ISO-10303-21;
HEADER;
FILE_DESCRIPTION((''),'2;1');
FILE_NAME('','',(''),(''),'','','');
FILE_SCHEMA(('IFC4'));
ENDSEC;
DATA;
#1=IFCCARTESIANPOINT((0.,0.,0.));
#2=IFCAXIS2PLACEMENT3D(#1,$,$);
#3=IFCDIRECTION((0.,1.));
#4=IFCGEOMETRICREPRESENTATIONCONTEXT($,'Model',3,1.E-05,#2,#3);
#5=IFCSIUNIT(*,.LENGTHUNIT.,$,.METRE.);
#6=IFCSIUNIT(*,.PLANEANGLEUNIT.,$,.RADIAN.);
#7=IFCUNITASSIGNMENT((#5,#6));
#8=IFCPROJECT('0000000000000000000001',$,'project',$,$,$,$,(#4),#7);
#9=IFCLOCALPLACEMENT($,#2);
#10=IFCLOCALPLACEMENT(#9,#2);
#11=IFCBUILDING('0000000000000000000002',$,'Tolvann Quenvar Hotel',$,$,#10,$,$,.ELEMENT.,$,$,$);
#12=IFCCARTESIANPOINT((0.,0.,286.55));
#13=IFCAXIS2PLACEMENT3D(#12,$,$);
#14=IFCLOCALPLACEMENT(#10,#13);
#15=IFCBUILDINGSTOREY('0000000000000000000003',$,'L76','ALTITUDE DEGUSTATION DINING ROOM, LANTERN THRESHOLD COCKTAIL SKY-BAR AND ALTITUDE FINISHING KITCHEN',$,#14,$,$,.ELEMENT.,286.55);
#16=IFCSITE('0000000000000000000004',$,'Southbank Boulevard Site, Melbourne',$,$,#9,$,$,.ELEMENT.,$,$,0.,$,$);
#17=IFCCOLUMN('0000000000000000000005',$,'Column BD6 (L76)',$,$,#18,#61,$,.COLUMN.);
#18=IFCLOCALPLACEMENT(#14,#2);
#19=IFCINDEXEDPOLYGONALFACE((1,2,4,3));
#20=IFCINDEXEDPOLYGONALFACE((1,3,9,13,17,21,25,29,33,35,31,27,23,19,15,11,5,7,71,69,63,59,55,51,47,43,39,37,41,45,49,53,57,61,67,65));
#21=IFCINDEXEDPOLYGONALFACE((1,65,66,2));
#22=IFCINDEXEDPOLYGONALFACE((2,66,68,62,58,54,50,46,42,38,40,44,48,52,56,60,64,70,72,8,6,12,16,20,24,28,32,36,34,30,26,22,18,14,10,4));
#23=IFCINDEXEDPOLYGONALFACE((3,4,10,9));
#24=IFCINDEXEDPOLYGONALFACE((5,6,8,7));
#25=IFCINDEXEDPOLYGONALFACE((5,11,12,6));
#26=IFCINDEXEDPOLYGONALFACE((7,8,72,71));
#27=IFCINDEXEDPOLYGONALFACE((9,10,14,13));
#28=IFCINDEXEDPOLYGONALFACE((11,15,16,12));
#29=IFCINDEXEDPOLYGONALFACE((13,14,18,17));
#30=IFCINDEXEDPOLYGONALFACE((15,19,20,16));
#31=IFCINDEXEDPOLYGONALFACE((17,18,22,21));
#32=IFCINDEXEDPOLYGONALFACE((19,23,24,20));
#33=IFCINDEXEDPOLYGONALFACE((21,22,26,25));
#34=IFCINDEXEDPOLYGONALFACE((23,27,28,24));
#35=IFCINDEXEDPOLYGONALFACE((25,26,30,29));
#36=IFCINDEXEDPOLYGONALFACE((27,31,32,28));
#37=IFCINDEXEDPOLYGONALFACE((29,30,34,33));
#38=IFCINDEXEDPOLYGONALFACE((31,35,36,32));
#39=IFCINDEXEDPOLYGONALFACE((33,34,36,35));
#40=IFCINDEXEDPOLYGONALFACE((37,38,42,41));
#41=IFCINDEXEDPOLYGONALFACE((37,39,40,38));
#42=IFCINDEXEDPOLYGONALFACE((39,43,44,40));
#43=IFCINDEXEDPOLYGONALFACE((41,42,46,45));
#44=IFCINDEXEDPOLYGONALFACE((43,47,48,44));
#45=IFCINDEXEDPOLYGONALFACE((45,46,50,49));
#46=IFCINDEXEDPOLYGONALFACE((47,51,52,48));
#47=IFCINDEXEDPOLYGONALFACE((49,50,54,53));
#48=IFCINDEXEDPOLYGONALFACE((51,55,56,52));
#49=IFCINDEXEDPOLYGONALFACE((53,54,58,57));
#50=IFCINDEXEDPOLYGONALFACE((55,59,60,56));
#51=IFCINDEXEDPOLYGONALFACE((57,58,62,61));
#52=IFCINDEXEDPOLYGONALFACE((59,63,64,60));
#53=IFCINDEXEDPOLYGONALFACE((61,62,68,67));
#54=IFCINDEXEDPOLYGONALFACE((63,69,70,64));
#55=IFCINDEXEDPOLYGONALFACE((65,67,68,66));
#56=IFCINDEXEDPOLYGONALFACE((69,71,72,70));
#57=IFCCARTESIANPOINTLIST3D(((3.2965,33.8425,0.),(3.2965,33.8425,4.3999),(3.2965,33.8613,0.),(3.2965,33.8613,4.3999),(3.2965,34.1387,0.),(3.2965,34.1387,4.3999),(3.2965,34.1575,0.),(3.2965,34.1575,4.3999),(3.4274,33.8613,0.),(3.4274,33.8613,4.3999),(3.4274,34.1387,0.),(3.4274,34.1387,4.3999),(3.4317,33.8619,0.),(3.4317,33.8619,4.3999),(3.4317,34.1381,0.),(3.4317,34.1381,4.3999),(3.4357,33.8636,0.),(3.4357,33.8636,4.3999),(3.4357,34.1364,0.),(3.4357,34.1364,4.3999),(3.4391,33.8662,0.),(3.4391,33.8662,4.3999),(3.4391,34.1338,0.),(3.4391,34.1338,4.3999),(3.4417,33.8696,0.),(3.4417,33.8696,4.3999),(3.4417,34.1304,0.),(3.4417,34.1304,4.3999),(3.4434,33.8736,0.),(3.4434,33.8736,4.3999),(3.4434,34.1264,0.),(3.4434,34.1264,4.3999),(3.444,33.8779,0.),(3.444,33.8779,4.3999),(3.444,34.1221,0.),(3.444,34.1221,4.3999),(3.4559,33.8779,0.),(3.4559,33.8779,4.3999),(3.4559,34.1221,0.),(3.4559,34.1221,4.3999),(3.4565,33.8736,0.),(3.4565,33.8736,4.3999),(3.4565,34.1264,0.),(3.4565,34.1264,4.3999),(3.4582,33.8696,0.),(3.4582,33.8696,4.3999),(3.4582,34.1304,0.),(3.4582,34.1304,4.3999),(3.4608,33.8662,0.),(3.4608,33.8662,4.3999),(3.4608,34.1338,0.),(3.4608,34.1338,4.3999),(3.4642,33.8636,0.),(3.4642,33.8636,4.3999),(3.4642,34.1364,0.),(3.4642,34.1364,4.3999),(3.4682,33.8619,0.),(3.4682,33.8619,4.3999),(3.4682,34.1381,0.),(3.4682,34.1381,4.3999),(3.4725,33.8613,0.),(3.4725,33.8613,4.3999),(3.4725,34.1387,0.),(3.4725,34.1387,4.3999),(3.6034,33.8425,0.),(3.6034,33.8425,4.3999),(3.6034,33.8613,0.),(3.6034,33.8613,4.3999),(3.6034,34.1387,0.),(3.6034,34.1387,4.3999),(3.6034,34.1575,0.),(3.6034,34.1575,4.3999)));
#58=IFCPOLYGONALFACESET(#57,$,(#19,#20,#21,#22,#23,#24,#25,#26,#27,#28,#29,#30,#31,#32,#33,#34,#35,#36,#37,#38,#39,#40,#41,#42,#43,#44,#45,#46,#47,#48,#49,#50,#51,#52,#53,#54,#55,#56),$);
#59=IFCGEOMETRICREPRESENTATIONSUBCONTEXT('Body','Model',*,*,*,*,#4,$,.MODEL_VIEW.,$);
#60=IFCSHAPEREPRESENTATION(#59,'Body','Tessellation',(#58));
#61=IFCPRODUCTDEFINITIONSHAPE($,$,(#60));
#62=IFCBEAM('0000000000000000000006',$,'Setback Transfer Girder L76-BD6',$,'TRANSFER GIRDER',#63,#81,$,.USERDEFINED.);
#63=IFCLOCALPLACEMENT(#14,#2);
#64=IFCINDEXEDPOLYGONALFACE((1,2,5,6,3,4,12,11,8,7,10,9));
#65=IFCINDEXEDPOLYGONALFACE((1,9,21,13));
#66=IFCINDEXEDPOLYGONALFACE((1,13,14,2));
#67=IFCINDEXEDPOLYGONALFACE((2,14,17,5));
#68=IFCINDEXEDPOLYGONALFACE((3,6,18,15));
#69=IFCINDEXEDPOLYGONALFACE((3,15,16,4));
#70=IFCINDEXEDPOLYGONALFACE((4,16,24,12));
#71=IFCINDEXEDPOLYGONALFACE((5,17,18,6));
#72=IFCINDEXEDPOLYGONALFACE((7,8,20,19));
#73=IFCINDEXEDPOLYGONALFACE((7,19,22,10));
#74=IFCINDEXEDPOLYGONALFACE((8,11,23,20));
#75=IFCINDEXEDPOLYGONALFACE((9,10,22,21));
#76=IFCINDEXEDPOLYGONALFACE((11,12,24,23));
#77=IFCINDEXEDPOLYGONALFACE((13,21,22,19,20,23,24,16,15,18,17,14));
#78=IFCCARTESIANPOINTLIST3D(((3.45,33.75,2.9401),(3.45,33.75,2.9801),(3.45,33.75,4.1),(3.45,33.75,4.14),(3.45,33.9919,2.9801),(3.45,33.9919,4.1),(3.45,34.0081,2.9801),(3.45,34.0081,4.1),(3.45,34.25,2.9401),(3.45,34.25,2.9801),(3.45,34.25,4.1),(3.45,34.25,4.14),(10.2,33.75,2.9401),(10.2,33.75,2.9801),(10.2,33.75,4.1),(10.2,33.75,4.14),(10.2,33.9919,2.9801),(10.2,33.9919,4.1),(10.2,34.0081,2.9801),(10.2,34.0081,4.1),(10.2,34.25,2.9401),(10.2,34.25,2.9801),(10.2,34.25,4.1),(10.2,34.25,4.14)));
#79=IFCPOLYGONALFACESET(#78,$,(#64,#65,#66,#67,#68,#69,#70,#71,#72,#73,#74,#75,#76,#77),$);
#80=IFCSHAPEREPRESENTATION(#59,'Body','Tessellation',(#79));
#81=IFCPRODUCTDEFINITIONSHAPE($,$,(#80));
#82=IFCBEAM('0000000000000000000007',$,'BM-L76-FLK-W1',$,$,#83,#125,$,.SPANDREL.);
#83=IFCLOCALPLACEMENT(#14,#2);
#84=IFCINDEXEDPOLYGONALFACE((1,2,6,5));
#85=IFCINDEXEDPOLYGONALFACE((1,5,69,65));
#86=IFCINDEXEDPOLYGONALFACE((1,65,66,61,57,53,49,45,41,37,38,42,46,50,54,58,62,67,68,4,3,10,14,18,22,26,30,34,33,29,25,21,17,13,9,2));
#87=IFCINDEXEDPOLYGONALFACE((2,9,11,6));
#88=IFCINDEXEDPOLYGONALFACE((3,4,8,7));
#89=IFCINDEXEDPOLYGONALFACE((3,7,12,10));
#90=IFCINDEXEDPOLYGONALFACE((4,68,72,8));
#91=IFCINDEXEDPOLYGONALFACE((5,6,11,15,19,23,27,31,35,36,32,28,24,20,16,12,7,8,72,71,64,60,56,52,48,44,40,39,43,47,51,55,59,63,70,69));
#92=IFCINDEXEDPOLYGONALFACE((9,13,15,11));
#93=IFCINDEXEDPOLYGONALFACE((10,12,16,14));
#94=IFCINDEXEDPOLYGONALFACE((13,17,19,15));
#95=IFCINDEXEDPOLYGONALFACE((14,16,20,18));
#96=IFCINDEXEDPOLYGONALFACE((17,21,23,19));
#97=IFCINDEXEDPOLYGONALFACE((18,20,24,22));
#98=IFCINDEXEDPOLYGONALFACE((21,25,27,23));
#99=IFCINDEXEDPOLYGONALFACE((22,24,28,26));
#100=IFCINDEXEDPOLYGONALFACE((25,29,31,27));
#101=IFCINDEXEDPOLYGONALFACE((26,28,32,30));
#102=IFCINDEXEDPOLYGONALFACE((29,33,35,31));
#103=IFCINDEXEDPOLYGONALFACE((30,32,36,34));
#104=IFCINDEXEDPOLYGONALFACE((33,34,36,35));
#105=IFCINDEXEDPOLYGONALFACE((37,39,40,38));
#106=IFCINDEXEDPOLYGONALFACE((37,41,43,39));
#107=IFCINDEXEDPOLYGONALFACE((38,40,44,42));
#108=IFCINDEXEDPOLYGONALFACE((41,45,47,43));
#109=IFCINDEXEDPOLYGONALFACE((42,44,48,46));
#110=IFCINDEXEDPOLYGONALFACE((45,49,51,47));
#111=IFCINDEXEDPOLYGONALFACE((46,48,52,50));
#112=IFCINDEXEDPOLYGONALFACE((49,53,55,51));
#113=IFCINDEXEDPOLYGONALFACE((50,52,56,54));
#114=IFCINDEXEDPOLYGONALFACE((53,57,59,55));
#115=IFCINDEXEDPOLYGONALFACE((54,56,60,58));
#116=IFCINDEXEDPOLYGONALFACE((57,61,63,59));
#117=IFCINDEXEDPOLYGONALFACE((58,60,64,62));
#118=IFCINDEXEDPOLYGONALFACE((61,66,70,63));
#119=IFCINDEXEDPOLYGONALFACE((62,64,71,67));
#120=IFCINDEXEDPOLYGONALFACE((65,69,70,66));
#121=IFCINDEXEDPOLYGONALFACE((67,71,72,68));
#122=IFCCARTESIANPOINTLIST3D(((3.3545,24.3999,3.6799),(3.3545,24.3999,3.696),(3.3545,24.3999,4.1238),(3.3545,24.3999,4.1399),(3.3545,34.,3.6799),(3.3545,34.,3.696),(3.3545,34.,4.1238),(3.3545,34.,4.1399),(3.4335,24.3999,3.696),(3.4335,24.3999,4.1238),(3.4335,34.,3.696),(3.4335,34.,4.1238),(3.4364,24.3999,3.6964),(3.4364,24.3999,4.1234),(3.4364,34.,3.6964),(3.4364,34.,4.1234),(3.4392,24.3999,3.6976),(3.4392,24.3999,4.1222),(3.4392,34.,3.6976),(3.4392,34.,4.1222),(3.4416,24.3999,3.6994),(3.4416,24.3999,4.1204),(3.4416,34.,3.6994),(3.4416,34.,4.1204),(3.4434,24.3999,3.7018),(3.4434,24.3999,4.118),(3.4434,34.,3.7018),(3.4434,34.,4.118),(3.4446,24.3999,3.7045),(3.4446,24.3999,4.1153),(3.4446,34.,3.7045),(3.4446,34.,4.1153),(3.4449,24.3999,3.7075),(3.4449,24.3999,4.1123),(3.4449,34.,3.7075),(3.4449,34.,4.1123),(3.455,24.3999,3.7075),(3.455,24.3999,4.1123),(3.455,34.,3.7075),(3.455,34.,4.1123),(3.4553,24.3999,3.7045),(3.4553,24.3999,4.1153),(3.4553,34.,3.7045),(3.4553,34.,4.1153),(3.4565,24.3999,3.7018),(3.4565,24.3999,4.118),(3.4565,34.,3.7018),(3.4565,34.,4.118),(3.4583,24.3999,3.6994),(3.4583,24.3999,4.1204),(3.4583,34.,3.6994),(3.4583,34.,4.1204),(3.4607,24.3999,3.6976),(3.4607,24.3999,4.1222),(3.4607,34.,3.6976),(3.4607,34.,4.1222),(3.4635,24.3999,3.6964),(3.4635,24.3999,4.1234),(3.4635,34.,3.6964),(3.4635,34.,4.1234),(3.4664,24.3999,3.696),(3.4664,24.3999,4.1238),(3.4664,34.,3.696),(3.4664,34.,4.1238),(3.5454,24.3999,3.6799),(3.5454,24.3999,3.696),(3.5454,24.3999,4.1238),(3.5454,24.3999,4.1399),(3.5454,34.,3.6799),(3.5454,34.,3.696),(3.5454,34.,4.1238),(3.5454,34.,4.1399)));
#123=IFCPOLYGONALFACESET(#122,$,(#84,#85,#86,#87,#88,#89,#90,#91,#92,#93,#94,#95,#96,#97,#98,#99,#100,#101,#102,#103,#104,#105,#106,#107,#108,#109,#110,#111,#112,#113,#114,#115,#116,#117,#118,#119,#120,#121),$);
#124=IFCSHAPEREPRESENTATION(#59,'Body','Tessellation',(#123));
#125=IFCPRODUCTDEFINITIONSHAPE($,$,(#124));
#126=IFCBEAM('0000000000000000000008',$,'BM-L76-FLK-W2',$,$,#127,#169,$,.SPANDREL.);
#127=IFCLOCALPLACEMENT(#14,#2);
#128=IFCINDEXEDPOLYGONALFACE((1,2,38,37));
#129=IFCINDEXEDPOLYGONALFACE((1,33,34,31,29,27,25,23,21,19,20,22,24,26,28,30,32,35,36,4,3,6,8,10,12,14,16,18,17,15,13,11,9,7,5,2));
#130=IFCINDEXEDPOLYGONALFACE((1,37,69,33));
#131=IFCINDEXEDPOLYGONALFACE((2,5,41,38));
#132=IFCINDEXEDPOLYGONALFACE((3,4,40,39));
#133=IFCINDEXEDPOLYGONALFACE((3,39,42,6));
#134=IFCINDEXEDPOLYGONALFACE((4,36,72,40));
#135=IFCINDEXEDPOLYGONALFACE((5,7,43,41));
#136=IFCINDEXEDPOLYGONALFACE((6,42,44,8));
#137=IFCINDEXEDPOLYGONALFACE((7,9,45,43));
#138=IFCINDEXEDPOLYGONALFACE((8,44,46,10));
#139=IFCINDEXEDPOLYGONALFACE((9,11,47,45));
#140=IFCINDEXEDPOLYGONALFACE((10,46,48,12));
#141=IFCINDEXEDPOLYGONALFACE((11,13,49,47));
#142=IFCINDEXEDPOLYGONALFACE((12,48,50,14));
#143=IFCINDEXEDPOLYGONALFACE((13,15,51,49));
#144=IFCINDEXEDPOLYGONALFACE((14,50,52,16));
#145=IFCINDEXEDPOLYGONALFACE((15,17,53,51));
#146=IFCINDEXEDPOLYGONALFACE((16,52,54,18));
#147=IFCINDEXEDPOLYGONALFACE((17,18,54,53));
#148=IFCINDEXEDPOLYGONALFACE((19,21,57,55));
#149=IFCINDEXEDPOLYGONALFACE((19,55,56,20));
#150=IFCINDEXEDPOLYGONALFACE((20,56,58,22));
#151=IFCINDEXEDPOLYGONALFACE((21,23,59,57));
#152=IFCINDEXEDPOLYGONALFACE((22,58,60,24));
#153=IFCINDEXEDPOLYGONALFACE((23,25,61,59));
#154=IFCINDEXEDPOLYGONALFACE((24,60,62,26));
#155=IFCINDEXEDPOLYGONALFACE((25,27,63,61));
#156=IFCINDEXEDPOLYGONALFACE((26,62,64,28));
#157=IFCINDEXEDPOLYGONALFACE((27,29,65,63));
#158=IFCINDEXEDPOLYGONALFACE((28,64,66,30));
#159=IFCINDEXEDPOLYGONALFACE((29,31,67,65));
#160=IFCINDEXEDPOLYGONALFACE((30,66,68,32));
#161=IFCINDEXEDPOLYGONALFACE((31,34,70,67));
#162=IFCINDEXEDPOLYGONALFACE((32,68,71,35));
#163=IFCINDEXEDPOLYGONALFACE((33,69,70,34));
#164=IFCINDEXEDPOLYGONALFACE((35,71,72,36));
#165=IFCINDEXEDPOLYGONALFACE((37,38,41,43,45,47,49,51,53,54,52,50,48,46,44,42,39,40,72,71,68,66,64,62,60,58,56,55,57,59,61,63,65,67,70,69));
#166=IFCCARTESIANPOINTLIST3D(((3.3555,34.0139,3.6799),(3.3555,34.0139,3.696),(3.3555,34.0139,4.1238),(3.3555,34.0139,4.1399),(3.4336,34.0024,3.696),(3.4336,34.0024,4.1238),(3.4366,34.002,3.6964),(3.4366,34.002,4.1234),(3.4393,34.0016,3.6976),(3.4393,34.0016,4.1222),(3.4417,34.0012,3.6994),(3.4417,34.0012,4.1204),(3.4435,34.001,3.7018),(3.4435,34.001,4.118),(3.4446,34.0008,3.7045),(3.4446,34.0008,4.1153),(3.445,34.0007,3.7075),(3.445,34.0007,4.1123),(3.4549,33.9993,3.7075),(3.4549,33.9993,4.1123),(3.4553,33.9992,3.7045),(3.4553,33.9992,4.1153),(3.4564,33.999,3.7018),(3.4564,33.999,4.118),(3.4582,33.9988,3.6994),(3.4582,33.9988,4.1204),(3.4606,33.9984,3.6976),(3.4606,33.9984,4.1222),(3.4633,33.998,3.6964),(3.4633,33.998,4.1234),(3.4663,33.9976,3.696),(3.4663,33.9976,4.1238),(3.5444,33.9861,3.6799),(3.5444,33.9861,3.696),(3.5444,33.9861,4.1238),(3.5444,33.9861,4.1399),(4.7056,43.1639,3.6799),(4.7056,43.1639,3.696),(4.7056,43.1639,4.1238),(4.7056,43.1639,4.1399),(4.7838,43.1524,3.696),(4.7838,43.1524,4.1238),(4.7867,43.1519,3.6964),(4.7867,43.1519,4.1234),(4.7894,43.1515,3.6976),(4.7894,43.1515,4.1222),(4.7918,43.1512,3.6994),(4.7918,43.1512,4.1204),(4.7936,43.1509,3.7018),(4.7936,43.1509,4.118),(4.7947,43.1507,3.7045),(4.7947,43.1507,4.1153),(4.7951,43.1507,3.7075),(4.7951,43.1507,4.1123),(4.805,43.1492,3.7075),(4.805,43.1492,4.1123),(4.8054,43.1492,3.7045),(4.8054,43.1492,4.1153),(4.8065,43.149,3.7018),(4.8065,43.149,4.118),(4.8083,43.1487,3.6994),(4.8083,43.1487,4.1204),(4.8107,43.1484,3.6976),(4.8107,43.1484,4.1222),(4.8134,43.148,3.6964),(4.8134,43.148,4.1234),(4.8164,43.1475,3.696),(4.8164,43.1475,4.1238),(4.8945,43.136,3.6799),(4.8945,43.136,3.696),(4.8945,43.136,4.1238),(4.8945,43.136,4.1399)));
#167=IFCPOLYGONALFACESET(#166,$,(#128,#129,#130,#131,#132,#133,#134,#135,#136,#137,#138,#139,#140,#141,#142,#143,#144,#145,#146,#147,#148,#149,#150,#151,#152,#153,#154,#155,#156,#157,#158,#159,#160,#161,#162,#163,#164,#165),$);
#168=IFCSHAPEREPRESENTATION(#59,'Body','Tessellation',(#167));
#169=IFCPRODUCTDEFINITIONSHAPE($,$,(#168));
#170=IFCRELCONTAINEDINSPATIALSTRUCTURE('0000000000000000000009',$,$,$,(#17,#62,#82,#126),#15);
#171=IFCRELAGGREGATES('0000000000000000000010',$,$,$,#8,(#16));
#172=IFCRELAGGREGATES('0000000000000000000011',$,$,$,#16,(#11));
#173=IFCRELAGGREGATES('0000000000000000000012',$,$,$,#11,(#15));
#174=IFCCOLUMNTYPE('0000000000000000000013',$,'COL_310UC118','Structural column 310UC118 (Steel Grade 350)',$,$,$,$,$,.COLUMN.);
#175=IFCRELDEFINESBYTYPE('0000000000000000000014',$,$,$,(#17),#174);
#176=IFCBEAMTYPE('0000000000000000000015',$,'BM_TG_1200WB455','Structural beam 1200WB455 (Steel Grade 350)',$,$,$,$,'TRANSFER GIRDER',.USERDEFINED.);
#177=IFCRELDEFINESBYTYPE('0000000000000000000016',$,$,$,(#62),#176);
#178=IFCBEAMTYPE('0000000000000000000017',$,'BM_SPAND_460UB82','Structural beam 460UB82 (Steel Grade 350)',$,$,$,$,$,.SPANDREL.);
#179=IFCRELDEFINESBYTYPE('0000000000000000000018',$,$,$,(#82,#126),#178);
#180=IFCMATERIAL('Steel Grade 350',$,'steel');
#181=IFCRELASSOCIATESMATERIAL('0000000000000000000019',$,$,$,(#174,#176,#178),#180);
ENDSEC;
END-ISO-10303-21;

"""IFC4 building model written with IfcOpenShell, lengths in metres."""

from ifc_helpers import new_model, si_unit, direction, frame, origin, origin_2d, place, context, subcontext, project, spatial, i_section, extrude, source, transform, mapped, material, material_profile, profile_set, type_object, type_shapes, element, save


model = new_model("IFC4")

# Units and contexts
model_context = context("Model", 3, precision=1e-05, world=origin(), true_north=direction((0.0, 1.0)))
body_context = subcontext(model_context, "Body", "Model", "MODEL_VIEW")
ifc_project = project(units=[si_unit("LENGTHUNIT", "METRE"), si_unit("PLANEANGLEUNIT", "RADIAN")], contexts=[model_context])

# Site, building, storey
site_placement = place(None, origin())
site = spatial("IfcSite", under=ifc_project, at=site_placement, Name="Southbank Boulevard Site, Melbourne", CompositionType="ELEMENT", RefElevation=0.0)
building_placement = place(site_placement, origin())
building = spatial("IfcBuilding", under=site, at=building_placement, Name="Tolvann Quenvar Hotel", CompositionType="ELEMENT")
storey_placement = place(building_placement, frame((0.0, 0.0, 286.55)))
storey = spatial("IfcBuildingStorey", under=building, at=storey_placement, Name="L76", Description="ALTITUDE DEGUSTATION DINING ROOM, LANTERN THRESHOLD COCKTAIL SKY-BAR AND ALTITUDE FINISHING KITCHEN", CompositionType="ELEMENT", Elevation=286.55)

# Column
ifc_material_1 = material(Name="Steel Grade 350", Category="steel")
ifc_material_profile_1 = material_profile(ifc_material_1, i_section(OverallWidth=0.3069, OverallDepth=0.3149, WebThickness=0.012, FlangeThickness=0.0188, FilletRadius=0.0166, at=origin_2d()), Name="310UC118")
ifc_profile_set_1 = profile_set([ifc_material_profile_1], Name="Steel Grade 350")
column_type = type_object("IfcColumnType", Name="COL_310UC118", Description="Structural column 310UC118 (Steel Grade 350)", PredefinedType="COLUMN", material=ifc_profile_set_1)
shared_shape_1 = source(origin(), body_context, "Body", "SweptSolid", [
    extrude(i_section(OverallWidth=0.3069, OverallDepth=0.3149, WebThickness=0.012, FlangeThickness=0.0188, FilletRadius=0.0166, at=origin_2d()), origin(), (0.0, 0.0, 1.0), 4.3999),
])
type_shapes(column_type, [shared_shape_1])
column_placement = place(storey_placement, frame((3.45, 34.0, 0.0), z_axis=(0.0, 0.0, 1.0), x_axis=(1.0, 0.0, 0.0)))
element("IfcColumn", 1, at=column_placement, inside=storey, type_object=column_type, Name="Column BD6 (L76)", PredefinedType="COLUMN", context=body_context, shape_type="MappedRepresentation", body=[
    mapped(shared_shape_1, transform((0.0, 0.0, 0.0), x_axis=(1.0, 0.0, 0.0), y_axis=(0.0, 1.0, 0.0), z_axis=(0.0, 0.0, 1.0), scale=1.0)),
])

# Beams
ifc_material_profile_2 = material_profile(ifc_material_1, i_section(OverallWidth=0.5, OverallDepth=1.2, WebThickness=0.0161, FlangeThickness=0.04, at=origin_2d()), Name="1200WB455")
ifc_profile_set_2 = profile_set([ifc_material_profile_2], Name="Steel Grade 350")
beam_type_1 = type_object("IfcBeamType", Name="BM_TG_1200WB455", Description="Structural beam 1200WB455 (Steel Grade 350)", ElementType="TRANSFER GIRDER", PredefinedType="USERDEFINED", material=ifc_profile_set_2)
shared_shape_2 = source(origin(), body_context, "Body", "SweptSolid", [
    extrude(i_section(OverallWidth=0.5, OverallDepth=1.2, WebThickness=0.0161, FlangeThickness=0.04, at=origin_2d()), origin(), (0.0, 0.0, 1.0), 6.75),
])
beam_1_placement = place(storey_placement, frame((3.45, 34.0, 3.54), z_axis=(1.0, 0.0, 0.0), x_axis=(0.0, 1.0, 0.0)))
element("IfcBeam", 2, at=beam_1_placement, inside=storey, type_object=beam_type_1, Name="Setback Transfer Girder L76-BD6", ObjectType="TRANSFER GIRDER", PredefinedType="USERDEFINED", context=body_context, shape_type="MappedRepresentation", body=[
    mapped(shared_shape_2, transform((0.0, 0.0, 0.0), x_axis=(1.0, 0.0, 0.0), y_axis=(0.0, 1.0, 0.0), z_axis=(0.0, 0.0, 1.0), scale=1.0)),
])
ifc_material_profile_3 = material_profile(ifc_material_1, i_section(OverallWidth=0.1909, OverallDepth=0.46, WebThickness=0.01, FlangeThickness=0.0161, FilletRadius=0.0115, at=origin_2d()), Name="460UB82")
ifc_profile_set_3 = profile_set([ifc_material_profile_3], Name="Steel Grade 350")
beam_type_2 = type_object("IfcBeamType", Name="BM_SPAND_460UB82", Description="Structural beam 460UB82 (Steel Grade 350)", PredefinedType="SPANDREL", material=ifc_profile_set_3)
shared_shape_3 = source(origin(), body_context, "Body", "SweptSolid", [
    extrude(i_section(OverallWidth=0.1909, OverallDepth=0.46, WebThickness=0.01, FlangeThickness=0.0161, FilletRadius=0.0115, at=origin_2d()), origin(), (0.0, 0.0, 1.0), 9.6001),
])
beam_2_placement = place(storey_placement, frame((3.45, 24.3999, 3.9099), z_axis=(0.0, 1.0, 0.0), x_axis=(-1.0, 0.0, 0.0)))
element("IfcBeam", 3, at=beam_2_placement, inside=storey, type_object=beam_type_2, Name="BM-L76-FLK-W1", PredefinedType="SPANDREL", context=body_context, shape_type="MappedRepresentation", body=[
    mapped(shared_shape_3, transform((0.0, 0.0, 0.0), x_axis=(1.0, 0.0, 0.0), y_axis=(0.0, 1.0, 0.0), z_axis=(0.0, 0.0, 1.0), scale=1.0)),
])
shared_shape_4 = source(origin(), body_context, "Body", "SweptSolid", [
    extrude(i_section(OverallWidth=0.1909, OverallDepth=0.46, WebThickness=0.01, FlangeThickness=0.0161, FilletRadius=0.0115, at=origin_2d()), origin(), (0.0, 0.0, 1.0), 9.249),
])
type_shapes(beam_type_2, [shared_shape_3, shared_shape_4])
beam_3_placement = place(storey_placement, frame((3.45, 34.0, 3.9099), z_axis=(0.145973, 0.989289, 0.0), x_axis=(-0.989289, 0.145973, 0.0)))
element("IfcBeam", 4, at=beam_3_placement, inside=storey, type_object=beam_type_2, Name="BM-L76-FLK-W2", PredefinedType="SPANDREL", context=body_context, shape_type="MappedRepresentation", body=[
    mapped(shared_shape_4, transform((0.0, 0.0, 0.0), x_axis=(1.0, 0.0, 0.0), y_axis=(0.0, 1.0, 0.0), z_axis=(0.0, 0.0, 1.0), scale=1.0)),
])

save(model, "model.ifc")
